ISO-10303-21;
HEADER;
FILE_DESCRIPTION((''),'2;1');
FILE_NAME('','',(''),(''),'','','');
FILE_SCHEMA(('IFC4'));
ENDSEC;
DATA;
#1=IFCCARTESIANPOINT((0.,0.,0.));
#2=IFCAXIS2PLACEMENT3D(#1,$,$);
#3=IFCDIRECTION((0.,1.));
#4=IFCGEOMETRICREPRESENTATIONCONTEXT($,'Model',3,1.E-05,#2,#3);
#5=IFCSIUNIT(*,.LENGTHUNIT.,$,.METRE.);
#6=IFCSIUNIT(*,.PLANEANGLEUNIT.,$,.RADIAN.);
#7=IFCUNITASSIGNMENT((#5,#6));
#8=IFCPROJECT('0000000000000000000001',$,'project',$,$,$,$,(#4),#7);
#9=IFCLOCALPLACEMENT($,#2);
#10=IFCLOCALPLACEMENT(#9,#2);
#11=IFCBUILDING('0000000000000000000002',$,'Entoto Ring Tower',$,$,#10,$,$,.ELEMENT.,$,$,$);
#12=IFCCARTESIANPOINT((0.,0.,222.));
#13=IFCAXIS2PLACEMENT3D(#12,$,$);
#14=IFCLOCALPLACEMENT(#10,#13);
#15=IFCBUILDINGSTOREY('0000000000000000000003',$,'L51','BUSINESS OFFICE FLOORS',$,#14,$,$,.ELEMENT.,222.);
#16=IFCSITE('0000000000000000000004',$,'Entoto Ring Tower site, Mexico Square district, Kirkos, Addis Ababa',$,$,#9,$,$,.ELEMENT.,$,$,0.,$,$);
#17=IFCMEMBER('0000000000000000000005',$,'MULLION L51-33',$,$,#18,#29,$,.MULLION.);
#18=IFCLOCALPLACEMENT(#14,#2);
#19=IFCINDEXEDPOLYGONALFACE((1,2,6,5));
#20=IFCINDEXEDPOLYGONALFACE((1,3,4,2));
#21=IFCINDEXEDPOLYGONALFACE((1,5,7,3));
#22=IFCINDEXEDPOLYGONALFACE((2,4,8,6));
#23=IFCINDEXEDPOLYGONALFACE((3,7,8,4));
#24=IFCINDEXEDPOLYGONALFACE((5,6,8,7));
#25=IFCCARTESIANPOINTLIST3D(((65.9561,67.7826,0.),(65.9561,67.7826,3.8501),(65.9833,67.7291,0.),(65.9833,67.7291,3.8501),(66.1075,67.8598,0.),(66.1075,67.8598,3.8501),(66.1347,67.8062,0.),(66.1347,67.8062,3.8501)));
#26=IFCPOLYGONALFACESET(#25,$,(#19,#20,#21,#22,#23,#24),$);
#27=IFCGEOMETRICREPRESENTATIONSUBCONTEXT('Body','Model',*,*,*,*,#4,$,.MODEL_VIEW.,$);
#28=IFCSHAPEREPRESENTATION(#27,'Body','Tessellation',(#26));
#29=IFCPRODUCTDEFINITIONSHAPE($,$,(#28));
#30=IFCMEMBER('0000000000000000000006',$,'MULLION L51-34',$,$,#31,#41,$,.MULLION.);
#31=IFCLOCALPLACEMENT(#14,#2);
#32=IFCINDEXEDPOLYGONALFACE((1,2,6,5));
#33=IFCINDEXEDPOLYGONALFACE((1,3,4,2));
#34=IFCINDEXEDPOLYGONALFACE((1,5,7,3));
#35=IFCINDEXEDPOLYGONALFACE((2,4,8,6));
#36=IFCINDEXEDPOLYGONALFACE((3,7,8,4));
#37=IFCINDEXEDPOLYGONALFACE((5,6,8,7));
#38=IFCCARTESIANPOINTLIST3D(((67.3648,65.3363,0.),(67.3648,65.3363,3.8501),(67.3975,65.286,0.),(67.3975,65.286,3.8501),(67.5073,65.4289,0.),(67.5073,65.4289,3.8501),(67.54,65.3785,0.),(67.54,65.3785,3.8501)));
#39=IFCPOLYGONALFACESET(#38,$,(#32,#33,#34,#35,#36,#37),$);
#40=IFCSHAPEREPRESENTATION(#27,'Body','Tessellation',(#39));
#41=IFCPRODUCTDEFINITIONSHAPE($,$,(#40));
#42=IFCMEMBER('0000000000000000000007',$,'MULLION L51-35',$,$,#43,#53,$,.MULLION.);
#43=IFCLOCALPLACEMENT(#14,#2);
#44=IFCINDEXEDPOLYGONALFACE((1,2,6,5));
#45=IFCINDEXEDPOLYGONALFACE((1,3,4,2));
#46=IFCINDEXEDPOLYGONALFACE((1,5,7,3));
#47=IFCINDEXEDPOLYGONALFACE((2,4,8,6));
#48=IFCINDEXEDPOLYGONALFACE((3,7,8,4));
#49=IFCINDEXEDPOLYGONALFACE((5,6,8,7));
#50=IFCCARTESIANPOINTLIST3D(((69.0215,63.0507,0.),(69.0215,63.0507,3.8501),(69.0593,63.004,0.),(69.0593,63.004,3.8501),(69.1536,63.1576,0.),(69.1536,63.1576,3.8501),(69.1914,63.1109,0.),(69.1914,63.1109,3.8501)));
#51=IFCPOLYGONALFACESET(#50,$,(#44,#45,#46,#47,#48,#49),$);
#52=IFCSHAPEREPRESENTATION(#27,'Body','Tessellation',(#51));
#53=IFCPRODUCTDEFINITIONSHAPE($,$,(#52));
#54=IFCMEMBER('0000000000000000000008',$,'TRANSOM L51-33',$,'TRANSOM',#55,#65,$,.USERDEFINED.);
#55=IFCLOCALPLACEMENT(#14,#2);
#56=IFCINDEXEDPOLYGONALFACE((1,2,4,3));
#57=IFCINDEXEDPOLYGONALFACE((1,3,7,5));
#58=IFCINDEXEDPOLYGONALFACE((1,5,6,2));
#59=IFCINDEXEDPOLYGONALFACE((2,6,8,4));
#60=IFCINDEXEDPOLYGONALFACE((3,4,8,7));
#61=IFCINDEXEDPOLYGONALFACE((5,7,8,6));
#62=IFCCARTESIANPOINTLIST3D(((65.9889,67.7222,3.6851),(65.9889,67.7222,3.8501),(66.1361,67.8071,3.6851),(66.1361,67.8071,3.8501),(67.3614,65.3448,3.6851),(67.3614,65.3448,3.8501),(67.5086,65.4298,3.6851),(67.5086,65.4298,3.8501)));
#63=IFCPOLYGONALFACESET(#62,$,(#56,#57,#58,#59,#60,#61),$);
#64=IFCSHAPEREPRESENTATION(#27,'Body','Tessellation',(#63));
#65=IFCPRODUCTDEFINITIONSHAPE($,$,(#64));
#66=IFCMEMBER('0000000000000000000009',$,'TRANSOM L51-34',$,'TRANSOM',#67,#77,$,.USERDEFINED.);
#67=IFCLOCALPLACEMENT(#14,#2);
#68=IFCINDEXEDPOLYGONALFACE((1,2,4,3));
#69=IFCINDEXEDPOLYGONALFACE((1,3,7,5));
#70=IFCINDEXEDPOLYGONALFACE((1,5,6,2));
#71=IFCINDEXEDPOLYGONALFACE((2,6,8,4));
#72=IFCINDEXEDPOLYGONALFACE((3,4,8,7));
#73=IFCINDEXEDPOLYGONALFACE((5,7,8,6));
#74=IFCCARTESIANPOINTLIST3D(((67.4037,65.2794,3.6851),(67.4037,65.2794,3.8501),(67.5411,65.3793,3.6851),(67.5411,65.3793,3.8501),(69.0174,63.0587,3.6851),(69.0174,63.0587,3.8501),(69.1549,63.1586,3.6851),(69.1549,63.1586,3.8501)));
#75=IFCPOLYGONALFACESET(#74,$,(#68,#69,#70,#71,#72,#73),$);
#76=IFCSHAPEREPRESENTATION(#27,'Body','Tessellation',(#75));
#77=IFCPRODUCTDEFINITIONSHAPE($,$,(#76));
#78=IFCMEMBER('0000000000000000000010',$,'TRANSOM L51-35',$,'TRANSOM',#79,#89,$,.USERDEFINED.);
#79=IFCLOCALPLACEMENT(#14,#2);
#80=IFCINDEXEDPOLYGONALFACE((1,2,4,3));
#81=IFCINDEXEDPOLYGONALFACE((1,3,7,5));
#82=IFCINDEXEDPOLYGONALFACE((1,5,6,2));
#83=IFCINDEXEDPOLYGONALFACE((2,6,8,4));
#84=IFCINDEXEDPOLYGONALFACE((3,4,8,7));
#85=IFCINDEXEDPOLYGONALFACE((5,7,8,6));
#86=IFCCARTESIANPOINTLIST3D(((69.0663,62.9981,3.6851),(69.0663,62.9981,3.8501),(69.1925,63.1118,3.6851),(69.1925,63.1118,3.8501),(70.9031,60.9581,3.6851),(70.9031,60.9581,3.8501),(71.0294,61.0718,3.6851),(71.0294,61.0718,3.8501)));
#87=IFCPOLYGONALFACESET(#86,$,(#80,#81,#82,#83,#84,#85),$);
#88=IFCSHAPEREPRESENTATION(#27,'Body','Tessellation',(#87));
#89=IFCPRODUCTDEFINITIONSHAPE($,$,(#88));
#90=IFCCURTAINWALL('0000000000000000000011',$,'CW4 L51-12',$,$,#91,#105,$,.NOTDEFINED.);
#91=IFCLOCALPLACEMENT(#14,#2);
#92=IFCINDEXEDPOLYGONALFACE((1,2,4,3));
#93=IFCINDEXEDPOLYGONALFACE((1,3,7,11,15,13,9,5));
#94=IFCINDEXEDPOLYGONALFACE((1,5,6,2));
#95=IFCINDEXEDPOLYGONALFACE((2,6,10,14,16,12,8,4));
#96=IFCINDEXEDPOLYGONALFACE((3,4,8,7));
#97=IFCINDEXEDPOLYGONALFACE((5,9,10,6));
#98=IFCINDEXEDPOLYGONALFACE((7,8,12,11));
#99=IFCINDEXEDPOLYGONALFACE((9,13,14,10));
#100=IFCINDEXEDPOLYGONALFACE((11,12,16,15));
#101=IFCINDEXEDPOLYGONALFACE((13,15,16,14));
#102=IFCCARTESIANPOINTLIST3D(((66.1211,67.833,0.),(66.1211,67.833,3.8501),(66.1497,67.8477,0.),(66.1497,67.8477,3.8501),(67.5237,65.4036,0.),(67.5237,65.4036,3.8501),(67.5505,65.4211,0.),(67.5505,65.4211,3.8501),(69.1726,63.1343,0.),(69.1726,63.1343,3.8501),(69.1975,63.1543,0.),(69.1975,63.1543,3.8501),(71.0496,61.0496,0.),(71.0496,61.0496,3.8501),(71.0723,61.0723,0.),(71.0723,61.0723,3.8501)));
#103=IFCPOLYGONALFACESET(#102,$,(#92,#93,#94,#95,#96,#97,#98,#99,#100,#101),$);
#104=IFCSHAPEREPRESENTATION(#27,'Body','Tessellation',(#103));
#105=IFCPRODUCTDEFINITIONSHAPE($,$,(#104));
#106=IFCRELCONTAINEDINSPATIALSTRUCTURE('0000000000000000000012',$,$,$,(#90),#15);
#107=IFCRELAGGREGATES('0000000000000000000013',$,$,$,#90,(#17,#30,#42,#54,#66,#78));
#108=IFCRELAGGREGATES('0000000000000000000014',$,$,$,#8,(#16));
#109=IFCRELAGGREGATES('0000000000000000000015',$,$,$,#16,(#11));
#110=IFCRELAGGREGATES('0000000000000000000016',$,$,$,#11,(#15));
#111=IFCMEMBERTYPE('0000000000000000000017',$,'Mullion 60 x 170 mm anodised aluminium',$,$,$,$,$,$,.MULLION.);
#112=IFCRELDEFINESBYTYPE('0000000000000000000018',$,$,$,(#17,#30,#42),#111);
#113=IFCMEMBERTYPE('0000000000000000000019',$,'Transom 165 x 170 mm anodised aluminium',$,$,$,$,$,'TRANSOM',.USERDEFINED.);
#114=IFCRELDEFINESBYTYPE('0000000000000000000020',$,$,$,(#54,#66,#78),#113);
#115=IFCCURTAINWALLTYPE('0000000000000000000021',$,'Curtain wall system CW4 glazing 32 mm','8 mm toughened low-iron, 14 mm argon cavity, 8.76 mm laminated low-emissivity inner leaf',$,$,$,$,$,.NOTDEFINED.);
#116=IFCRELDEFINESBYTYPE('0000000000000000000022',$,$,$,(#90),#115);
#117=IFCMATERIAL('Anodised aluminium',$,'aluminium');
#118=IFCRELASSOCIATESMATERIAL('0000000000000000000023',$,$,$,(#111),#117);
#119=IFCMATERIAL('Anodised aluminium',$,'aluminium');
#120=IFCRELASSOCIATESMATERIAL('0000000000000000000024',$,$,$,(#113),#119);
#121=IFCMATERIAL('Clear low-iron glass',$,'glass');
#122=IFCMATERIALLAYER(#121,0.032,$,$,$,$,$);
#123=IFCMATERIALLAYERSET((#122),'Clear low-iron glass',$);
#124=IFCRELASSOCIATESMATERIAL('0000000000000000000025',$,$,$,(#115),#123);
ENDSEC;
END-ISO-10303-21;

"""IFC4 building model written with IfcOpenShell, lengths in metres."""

from ifc_helpers import new_model, si_unit, direction, frame, origin, origin_2d, place, context, subcontext, project, spatial, polyline, rectangle, outline, extrude, material, layer, layer_set, material_profile, profile_set, type_object, element, aggregate, save


model = new_model("IFC4")

# Units and contexts
model_context = context("Model", 3, precision=1e-05, world=origin(), true_north=direction((0.0, 1.0)))
body_context = subcontext(model_context, "Body", "Model", "MODEL_VIEW")
ifc_project = project(units=[si_unit("LENGTHUNIT", "METRE"), si_unit("PLANEANGLEUNIT", "RADIAN")], contexts=[model_context])

# Members
ifc_material_1 = material(Name="Anodised aluminium", Category="aluminium")
ifc_material_profile_1 = material_profile(ifc_material_1, rectangle(XDim=0.0601, YDim=0.1699, at=origin_2d()), Name="Mullion 60 x 170 mm anodised aluminium")
ifc_profile_set_1 = profile_set([ifc_material_profile_1], Name="Anodised aluminium")
member_type_1 = type_object("IfcMemberType", Name="Mullion 60 x 170 mm anodised aluminium", PredefinedType="MULLION", material=ifc_profile_set_1)
site_placement = place(None, origin())
building_placement = place(site_placement, origin())
storey_placement = place(building_placement, frame((0.0, 0.0, 222.0)))
member_1_placement = place(storey_placement, frame((66.0454, 67.7944, 0.0), z_axis=(0.0, 0.0, 1.0), x_axis=(0.45399, -0.891007, 0.0)))
member_1 = element("IfcMember", 1, at=member_1_placement, type_object=member_type_1, Name="MULLION L51-33", PredefinedType="MULLION", context=body_context, shape_type="SweptSolid", body=[
    extrude(rectangle(XDim=0.0601, YDim=0.1699, at=origin_2d()), origin(), (0.0, 0.0, 1.0), 3.8501),
])
member_2_placement = place(storey_placement, frame((67.4524, 65.3574, 0.0), z_axis=(0.0, 0.0, 1.0), x_axis=(0.544639, -0.838671, 0.0)))
member_2 = element("IfcMember", 2, at=member_2_placement, type_object=member_type_1, Name="MULLION L51-34", PredefinedType="MULLION", context=body_context, shape_type="SweptSolid", body=[
    extrude(rectangle(XDim=0.0601, YDim=0.1699, at=origin_2d()), origin(), (0.0, 0.0, 1.0), 3.8501),
])
member_3_placement = place(storey_placement, frame((69.1064, 63.0808, 0.0), z_axis=(0.0, 0.0, 1.0), x_axis=(0.62932, -0.777146, 0.0)))
member_3 = element("IfcMember", 3, at=member_3_placement, type_object=member_type_1, Name="MULLION L51-35", PredefinedType="MULLION", context=body_context, shape_type="SweptSolid", body=[
    extrude(rectangle(XDim=0.0601, YDim=0.1699, at=origin_2d()), origin(), (0.0, 0.0, 1.0), 3.8501),
])
ifc_material_2 = material(Name="Anodised aluminium", Category="aluminium")
ifc_material_profile_2 = material_profile(ifc_material_2, rectangle(XDim=0.1699, YDim=0.165, at=origin_2d()), Name="Transom 165 x 170 mm anodised aluminium")
ifc_profile_set_2 = profile_set([ifc_material_profile_2], Name="Anodised aluminium")
member_type_2 = type_object("IfcMemberType", Name="Transom 165 x 170 mm anodised aluminium", ElementType="TRANSOM", PredefinedType="USERDEFINED", material=ifc_profile_set_2)
member_4_placement = place(storey_placement, frame((66.0625, 67.7646, 3.7676), z_axis=(0.499984, -0.866035, 0.0), x_axis=(0.866035, 0.499984, 0.0)))
member_4 = element("IfcMember", 4, at=member_4_placement, type_object=member_type_2, Name="TRANSOM L51-33", ObjectType="TRANSOM", PredefinedType="USERDEFINED", context=body_context, shape_type="SweptSolid", body=[
    extrude(rectangle(XDim=0.1699, YDim=0.165, at=origin_2d()), origin(), (0.0, 0.0, 1.0), 2.7451),
])
member_5_placement = place(storey_placement, frame((67.4724, 65.3293, 3.7676), z_axis=(0.587865, -0.808959, 0.0), x_axis=(0.808959, 0.587865, 0.0)))
member_5 = element("IfcMember", 5, at=member_5_placement, type_object=member_type_2, Name="TRANSOM L51-34", ObjectType="TRANSOM", PredefinedType="USERDEFINED", context=body_context, shape_type="SweptSolid", body=[
    extrude(rectangle(XDim=0.1699, YDim=0.165, at=origin_2d()), origin(), (0.0, 0.0, 1.0), 2.7451),
])
member_6_placement = place(storey_placement, frame((69.1294, 63.0549, 3.7676), z_axis=(0.669142, -0.743135, 0.0), x_axis=(0.743135, 0.669142, 0.0)))
member_6 = element("IfcMember", 6, at=member_6_placement, type_object=member_type_2, Name="TRANSOM L51-35", ObjectType="TRANSOM", PredefinedType="USERDEFINED", context=body_context, shape_type="SweptSolid", body=[
    extrude(rectangle(XDim=0.1699, YDim=0.165, at=origin_2d()), origin(), (0.0, 0.0, 1.0), 2.7451),
])

# Site, building, storey
site = spatial("IfcSite", under=ifc_project, at=site_placement, Name="Entoto Ring Tower site, Mexico Square district, Kirkos, Addis Ababa", CompositionType="ELEMENT", RefElevation=0.0)
building = spatial("IfcBuilding", under=site, at=building_placement, Name="Entoto Ring Tower", CompositionType="ELEMENT")
storey = spatial("IfcBuildingStorey", under=building, at=storey_placement, Name="L51", Description="BUSINESS OFFICE FLOORS", CompositionType="ELEMENT", Elevation=222.0)

# Curtain wall
ifc_material_3 = material(Name="Clear low-iron glass", Category="glass")
ifc_layer = layer(ifc_material_3, 0.032)
ifc_layer_set = layer_set([ifc_layer], Name="Clear low-iron glass")
curtain_wall_type = type_object("IfcCurtainWallType", Name="Curtain wall system CW4 glazing 32 mm", Description="8 mm toughened low-iron, 14 mm argon cavity, 8.76 mm laminated low-emissivity inner leaf", PredefinedType="NOTDEFINED", material=ifc_layer_set)
curtain_wall_1_placement = place(storey_placement, origin())
curtain_wall_1 = element("IfcCurtainWall", 7, at=curtain_wall_1_placement, inside=storey, type_object=curtain_wall_type, Name="CW4 L51-12", PredefinedType="NOTDEFINED", context=body_context, shape_type="SweptSolid", body=[
    extrude(outline(polyline([(66.1211, 67.833), (67.5237, 65.4036), (69.1726, 63.1343), (71.0496, 61.0496), (71.0723, 61.0723), (69.1975, 63.1543), (67.5505, 65.4211), (66.1497, 67.8477), (66.1211, 67.833)])), origin(), (0.0, 0.0, 1.0), 3.8501),
])
aggregate(curtain_wall_1, [member_1, member_2, member_3, member_4, member_5, member_6])

save(model, "model.ifc")
